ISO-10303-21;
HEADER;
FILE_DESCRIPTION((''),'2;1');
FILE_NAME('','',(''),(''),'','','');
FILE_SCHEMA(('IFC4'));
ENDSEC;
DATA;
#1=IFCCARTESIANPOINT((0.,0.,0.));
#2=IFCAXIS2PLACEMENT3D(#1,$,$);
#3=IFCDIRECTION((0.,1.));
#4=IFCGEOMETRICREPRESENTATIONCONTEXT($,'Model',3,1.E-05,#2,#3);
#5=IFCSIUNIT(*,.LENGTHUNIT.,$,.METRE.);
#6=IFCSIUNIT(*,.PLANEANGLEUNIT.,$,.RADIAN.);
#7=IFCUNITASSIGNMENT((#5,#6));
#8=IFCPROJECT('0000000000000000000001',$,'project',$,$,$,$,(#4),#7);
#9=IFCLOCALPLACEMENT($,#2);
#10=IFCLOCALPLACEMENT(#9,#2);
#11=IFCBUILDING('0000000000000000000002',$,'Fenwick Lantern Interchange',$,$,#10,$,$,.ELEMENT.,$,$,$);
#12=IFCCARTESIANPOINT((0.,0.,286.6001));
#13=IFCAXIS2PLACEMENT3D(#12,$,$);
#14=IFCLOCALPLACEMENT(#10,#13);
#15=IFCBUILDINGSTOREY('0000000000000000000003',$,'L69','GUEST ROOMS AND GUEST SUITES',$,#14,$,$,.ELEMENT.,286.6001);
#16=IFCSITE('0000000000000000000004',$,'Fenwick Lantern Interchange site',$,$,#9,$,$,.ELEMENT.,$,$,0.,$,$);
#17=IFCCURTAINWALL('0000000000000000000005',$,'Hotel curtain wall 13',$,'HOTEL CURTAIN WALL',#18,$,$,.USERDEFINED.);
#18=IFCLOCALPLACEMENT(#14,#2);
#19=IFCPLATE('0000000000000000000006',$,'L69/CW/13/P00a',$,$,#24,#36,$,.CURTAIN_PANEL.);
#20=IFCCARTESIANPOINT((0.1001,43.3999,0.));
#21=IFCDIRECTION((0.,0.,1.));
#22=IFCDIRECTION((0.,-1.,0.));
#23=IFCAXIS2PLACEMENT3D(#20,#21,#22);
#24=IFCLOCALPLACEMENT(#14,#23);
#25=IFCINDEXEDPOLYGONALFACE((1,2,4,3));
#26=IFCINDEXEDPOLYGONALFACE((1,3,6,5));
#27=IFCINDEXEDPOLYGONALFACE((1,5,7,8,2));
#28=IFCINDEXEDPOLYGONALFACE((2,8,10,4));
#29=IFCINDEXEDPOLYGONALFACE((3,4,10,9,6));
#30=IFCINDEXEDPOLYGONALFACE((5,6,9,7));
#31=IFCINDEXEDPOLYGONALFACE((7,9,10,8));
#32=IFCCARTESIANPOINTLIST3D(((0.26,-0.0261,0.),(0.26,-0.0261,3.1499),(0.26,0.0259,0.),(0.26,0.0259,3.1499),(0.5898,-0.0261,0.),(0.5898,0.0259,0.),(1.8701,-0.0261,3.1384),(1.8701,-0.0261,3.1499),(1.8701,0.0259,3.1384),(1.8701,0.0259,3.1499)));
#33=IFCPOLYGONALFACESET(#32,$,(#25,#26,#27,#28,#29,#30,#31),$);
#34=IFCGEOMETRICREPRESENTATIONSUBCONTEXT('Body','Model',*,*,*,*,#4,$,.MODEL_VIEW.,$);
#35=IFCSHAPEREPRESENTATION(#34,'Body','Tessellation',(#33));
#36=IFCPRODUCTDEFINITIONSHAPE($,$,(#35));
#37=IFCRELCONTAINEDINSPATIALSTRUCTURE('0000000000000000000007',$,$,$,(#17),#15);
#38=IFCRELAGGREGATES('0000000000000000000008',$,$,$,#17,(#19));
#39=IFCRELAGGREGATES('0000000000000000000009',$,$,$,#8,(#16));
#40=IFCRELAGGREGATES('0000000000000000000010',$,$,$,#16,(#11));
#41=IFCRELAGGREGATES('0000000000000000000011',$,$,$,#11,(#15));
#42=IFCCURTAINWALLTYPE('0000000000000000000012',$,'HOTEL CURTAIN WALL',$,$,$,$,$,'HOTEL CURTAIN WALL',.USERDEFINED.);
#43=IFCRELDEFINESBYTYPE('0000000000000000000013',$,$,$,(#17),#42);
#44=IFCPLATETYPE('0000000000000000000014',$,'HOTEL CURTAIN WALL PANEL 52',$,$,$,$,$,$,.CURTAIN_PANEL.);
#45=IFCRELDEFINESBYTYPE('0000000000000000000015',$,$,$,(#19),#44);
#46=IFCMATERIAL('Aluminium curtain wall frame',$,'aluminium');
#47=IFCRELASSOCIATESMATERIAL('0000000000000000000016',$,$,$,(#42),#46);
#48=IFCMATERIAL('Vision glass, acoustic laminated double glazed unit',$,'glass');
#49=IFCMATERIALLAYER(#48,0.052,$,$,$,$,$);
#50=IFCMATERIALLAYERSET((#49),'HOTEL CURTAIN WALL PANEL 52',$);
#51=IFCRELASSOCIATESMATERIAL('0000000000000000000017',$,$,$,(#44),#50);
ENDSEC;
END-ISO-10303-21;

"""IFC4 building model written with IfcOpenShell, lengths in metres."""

from ifc_helpers import new_model, si_unit, direction, frame, origin, place, context, subcontext, project, spatial, polyline, outline, extrude, material, layer, layer_set, type_object, element, aggregate, save


model = new_model("IFC4")

# Units and contexts
model_context = context("Model", 3, precision=1e-05, world=origin(), true_north=direction((0.0, 1.0)))
body_context = subcontext(model_context, "Body", "Model", "MODEL_VIEW")
ifc_project = project(units=[si_unit("LENGTHUNIT", "METRE"), si_unit("PLANEANGLEUNIT", "RADIAN")], contexts=[model_context])

# Site, building, storey
site_placement = place(None, origin())
site = spatial("IfcSite", under=ifc_project, at=site_placement, Name="Fenwick Lantern Interchange site", CompositionType="ELEMENT", RefElevation=0.0)
building_placement = place(site_placement, origin())
building = spatial("IfcBuilding", under=site, at=building_placement, Name="Fenwick Lantern Interchange", CompositionType="ELEMENT")
storey_placement = place(building_placement, frame((0.0, 0.0, 286.6001)))
storey = spatial("IfcBuildingStorey", under=building, at=storey_placement, Name="L69", Description="GUEST ROOMS AND GUEST SUITES", CompositionType="ELEMENT", Elevation=286.6001)

# Curtain wall
ifc_material_1 = material(Name="Aluminium curtain wall frame", Category="aluminium")
curtain_wall_type = type_object("IfcCurtainWallType", Name="HOTEL CURTAIN WALL", ElementType="HOTEL CURTAIN WALL", PredefinedType="USERDEFINED", material=ifc_material_1)
curtain_wall_placement = place(storey_placement, origin())
curtain_wall = element("IfcCurtainWall", 1, at=curtain_wall_placement, inside=storey, type_object=curtain_wall_type, Name="Hotel curtain wall 13", ObjectType="HOTEL CURTAIN WALL", PredefinedType="USERDEFINED")

# Plate
ifc_material_2 = material(Name="Vision glass, acoustic laminated double glazed unit", Category="glass")
ifc_layer_1 = layer(ifc_material_2, 0.052)
ifc_layer_set_1 = layer_set([ifc_layer_1], Name="HOTEL CURTAIN WALL PANEL 52")
plate_type = type_object("IfcPlateType", Name="HOTEL CURTAIN WALL PANEL 52", PredefinedType="CURTAIN_PANEL", material=ifc_layer_set_1)
plate_placement = place(storey_placement, frame((0.1001, 43.3999, 0.0), z_axis=(0.0, 0.0, 1.0), x_axis=(0.0, -1.0, 0.0)))
plate = element("IfcPlate", 2, at=plate_placement, type_object=plate_type, Name="L69/CW/13/P00a", PredefinedType="CURTAIN_PANEL", context=body_context, shape_type="SweptSolid", body=[
    extrude(outline(polyline([(0.26, 0.0), (0.5898, 0.0), (1.8701, 3.1384), (1.8701, 3.1499), (0.26, 3.1499), (0.26, 0.0)])), frame((0.0, 0.0259, 0.0), z_axis=(0.0, -1.0, 0.0), x_axis=(1.0, 0.0, 0.0)), (0.0, 0.0, 1.0), 0.052),
])
aggregate(curtain_wall, [plate])

save(model, "model.ifc")
